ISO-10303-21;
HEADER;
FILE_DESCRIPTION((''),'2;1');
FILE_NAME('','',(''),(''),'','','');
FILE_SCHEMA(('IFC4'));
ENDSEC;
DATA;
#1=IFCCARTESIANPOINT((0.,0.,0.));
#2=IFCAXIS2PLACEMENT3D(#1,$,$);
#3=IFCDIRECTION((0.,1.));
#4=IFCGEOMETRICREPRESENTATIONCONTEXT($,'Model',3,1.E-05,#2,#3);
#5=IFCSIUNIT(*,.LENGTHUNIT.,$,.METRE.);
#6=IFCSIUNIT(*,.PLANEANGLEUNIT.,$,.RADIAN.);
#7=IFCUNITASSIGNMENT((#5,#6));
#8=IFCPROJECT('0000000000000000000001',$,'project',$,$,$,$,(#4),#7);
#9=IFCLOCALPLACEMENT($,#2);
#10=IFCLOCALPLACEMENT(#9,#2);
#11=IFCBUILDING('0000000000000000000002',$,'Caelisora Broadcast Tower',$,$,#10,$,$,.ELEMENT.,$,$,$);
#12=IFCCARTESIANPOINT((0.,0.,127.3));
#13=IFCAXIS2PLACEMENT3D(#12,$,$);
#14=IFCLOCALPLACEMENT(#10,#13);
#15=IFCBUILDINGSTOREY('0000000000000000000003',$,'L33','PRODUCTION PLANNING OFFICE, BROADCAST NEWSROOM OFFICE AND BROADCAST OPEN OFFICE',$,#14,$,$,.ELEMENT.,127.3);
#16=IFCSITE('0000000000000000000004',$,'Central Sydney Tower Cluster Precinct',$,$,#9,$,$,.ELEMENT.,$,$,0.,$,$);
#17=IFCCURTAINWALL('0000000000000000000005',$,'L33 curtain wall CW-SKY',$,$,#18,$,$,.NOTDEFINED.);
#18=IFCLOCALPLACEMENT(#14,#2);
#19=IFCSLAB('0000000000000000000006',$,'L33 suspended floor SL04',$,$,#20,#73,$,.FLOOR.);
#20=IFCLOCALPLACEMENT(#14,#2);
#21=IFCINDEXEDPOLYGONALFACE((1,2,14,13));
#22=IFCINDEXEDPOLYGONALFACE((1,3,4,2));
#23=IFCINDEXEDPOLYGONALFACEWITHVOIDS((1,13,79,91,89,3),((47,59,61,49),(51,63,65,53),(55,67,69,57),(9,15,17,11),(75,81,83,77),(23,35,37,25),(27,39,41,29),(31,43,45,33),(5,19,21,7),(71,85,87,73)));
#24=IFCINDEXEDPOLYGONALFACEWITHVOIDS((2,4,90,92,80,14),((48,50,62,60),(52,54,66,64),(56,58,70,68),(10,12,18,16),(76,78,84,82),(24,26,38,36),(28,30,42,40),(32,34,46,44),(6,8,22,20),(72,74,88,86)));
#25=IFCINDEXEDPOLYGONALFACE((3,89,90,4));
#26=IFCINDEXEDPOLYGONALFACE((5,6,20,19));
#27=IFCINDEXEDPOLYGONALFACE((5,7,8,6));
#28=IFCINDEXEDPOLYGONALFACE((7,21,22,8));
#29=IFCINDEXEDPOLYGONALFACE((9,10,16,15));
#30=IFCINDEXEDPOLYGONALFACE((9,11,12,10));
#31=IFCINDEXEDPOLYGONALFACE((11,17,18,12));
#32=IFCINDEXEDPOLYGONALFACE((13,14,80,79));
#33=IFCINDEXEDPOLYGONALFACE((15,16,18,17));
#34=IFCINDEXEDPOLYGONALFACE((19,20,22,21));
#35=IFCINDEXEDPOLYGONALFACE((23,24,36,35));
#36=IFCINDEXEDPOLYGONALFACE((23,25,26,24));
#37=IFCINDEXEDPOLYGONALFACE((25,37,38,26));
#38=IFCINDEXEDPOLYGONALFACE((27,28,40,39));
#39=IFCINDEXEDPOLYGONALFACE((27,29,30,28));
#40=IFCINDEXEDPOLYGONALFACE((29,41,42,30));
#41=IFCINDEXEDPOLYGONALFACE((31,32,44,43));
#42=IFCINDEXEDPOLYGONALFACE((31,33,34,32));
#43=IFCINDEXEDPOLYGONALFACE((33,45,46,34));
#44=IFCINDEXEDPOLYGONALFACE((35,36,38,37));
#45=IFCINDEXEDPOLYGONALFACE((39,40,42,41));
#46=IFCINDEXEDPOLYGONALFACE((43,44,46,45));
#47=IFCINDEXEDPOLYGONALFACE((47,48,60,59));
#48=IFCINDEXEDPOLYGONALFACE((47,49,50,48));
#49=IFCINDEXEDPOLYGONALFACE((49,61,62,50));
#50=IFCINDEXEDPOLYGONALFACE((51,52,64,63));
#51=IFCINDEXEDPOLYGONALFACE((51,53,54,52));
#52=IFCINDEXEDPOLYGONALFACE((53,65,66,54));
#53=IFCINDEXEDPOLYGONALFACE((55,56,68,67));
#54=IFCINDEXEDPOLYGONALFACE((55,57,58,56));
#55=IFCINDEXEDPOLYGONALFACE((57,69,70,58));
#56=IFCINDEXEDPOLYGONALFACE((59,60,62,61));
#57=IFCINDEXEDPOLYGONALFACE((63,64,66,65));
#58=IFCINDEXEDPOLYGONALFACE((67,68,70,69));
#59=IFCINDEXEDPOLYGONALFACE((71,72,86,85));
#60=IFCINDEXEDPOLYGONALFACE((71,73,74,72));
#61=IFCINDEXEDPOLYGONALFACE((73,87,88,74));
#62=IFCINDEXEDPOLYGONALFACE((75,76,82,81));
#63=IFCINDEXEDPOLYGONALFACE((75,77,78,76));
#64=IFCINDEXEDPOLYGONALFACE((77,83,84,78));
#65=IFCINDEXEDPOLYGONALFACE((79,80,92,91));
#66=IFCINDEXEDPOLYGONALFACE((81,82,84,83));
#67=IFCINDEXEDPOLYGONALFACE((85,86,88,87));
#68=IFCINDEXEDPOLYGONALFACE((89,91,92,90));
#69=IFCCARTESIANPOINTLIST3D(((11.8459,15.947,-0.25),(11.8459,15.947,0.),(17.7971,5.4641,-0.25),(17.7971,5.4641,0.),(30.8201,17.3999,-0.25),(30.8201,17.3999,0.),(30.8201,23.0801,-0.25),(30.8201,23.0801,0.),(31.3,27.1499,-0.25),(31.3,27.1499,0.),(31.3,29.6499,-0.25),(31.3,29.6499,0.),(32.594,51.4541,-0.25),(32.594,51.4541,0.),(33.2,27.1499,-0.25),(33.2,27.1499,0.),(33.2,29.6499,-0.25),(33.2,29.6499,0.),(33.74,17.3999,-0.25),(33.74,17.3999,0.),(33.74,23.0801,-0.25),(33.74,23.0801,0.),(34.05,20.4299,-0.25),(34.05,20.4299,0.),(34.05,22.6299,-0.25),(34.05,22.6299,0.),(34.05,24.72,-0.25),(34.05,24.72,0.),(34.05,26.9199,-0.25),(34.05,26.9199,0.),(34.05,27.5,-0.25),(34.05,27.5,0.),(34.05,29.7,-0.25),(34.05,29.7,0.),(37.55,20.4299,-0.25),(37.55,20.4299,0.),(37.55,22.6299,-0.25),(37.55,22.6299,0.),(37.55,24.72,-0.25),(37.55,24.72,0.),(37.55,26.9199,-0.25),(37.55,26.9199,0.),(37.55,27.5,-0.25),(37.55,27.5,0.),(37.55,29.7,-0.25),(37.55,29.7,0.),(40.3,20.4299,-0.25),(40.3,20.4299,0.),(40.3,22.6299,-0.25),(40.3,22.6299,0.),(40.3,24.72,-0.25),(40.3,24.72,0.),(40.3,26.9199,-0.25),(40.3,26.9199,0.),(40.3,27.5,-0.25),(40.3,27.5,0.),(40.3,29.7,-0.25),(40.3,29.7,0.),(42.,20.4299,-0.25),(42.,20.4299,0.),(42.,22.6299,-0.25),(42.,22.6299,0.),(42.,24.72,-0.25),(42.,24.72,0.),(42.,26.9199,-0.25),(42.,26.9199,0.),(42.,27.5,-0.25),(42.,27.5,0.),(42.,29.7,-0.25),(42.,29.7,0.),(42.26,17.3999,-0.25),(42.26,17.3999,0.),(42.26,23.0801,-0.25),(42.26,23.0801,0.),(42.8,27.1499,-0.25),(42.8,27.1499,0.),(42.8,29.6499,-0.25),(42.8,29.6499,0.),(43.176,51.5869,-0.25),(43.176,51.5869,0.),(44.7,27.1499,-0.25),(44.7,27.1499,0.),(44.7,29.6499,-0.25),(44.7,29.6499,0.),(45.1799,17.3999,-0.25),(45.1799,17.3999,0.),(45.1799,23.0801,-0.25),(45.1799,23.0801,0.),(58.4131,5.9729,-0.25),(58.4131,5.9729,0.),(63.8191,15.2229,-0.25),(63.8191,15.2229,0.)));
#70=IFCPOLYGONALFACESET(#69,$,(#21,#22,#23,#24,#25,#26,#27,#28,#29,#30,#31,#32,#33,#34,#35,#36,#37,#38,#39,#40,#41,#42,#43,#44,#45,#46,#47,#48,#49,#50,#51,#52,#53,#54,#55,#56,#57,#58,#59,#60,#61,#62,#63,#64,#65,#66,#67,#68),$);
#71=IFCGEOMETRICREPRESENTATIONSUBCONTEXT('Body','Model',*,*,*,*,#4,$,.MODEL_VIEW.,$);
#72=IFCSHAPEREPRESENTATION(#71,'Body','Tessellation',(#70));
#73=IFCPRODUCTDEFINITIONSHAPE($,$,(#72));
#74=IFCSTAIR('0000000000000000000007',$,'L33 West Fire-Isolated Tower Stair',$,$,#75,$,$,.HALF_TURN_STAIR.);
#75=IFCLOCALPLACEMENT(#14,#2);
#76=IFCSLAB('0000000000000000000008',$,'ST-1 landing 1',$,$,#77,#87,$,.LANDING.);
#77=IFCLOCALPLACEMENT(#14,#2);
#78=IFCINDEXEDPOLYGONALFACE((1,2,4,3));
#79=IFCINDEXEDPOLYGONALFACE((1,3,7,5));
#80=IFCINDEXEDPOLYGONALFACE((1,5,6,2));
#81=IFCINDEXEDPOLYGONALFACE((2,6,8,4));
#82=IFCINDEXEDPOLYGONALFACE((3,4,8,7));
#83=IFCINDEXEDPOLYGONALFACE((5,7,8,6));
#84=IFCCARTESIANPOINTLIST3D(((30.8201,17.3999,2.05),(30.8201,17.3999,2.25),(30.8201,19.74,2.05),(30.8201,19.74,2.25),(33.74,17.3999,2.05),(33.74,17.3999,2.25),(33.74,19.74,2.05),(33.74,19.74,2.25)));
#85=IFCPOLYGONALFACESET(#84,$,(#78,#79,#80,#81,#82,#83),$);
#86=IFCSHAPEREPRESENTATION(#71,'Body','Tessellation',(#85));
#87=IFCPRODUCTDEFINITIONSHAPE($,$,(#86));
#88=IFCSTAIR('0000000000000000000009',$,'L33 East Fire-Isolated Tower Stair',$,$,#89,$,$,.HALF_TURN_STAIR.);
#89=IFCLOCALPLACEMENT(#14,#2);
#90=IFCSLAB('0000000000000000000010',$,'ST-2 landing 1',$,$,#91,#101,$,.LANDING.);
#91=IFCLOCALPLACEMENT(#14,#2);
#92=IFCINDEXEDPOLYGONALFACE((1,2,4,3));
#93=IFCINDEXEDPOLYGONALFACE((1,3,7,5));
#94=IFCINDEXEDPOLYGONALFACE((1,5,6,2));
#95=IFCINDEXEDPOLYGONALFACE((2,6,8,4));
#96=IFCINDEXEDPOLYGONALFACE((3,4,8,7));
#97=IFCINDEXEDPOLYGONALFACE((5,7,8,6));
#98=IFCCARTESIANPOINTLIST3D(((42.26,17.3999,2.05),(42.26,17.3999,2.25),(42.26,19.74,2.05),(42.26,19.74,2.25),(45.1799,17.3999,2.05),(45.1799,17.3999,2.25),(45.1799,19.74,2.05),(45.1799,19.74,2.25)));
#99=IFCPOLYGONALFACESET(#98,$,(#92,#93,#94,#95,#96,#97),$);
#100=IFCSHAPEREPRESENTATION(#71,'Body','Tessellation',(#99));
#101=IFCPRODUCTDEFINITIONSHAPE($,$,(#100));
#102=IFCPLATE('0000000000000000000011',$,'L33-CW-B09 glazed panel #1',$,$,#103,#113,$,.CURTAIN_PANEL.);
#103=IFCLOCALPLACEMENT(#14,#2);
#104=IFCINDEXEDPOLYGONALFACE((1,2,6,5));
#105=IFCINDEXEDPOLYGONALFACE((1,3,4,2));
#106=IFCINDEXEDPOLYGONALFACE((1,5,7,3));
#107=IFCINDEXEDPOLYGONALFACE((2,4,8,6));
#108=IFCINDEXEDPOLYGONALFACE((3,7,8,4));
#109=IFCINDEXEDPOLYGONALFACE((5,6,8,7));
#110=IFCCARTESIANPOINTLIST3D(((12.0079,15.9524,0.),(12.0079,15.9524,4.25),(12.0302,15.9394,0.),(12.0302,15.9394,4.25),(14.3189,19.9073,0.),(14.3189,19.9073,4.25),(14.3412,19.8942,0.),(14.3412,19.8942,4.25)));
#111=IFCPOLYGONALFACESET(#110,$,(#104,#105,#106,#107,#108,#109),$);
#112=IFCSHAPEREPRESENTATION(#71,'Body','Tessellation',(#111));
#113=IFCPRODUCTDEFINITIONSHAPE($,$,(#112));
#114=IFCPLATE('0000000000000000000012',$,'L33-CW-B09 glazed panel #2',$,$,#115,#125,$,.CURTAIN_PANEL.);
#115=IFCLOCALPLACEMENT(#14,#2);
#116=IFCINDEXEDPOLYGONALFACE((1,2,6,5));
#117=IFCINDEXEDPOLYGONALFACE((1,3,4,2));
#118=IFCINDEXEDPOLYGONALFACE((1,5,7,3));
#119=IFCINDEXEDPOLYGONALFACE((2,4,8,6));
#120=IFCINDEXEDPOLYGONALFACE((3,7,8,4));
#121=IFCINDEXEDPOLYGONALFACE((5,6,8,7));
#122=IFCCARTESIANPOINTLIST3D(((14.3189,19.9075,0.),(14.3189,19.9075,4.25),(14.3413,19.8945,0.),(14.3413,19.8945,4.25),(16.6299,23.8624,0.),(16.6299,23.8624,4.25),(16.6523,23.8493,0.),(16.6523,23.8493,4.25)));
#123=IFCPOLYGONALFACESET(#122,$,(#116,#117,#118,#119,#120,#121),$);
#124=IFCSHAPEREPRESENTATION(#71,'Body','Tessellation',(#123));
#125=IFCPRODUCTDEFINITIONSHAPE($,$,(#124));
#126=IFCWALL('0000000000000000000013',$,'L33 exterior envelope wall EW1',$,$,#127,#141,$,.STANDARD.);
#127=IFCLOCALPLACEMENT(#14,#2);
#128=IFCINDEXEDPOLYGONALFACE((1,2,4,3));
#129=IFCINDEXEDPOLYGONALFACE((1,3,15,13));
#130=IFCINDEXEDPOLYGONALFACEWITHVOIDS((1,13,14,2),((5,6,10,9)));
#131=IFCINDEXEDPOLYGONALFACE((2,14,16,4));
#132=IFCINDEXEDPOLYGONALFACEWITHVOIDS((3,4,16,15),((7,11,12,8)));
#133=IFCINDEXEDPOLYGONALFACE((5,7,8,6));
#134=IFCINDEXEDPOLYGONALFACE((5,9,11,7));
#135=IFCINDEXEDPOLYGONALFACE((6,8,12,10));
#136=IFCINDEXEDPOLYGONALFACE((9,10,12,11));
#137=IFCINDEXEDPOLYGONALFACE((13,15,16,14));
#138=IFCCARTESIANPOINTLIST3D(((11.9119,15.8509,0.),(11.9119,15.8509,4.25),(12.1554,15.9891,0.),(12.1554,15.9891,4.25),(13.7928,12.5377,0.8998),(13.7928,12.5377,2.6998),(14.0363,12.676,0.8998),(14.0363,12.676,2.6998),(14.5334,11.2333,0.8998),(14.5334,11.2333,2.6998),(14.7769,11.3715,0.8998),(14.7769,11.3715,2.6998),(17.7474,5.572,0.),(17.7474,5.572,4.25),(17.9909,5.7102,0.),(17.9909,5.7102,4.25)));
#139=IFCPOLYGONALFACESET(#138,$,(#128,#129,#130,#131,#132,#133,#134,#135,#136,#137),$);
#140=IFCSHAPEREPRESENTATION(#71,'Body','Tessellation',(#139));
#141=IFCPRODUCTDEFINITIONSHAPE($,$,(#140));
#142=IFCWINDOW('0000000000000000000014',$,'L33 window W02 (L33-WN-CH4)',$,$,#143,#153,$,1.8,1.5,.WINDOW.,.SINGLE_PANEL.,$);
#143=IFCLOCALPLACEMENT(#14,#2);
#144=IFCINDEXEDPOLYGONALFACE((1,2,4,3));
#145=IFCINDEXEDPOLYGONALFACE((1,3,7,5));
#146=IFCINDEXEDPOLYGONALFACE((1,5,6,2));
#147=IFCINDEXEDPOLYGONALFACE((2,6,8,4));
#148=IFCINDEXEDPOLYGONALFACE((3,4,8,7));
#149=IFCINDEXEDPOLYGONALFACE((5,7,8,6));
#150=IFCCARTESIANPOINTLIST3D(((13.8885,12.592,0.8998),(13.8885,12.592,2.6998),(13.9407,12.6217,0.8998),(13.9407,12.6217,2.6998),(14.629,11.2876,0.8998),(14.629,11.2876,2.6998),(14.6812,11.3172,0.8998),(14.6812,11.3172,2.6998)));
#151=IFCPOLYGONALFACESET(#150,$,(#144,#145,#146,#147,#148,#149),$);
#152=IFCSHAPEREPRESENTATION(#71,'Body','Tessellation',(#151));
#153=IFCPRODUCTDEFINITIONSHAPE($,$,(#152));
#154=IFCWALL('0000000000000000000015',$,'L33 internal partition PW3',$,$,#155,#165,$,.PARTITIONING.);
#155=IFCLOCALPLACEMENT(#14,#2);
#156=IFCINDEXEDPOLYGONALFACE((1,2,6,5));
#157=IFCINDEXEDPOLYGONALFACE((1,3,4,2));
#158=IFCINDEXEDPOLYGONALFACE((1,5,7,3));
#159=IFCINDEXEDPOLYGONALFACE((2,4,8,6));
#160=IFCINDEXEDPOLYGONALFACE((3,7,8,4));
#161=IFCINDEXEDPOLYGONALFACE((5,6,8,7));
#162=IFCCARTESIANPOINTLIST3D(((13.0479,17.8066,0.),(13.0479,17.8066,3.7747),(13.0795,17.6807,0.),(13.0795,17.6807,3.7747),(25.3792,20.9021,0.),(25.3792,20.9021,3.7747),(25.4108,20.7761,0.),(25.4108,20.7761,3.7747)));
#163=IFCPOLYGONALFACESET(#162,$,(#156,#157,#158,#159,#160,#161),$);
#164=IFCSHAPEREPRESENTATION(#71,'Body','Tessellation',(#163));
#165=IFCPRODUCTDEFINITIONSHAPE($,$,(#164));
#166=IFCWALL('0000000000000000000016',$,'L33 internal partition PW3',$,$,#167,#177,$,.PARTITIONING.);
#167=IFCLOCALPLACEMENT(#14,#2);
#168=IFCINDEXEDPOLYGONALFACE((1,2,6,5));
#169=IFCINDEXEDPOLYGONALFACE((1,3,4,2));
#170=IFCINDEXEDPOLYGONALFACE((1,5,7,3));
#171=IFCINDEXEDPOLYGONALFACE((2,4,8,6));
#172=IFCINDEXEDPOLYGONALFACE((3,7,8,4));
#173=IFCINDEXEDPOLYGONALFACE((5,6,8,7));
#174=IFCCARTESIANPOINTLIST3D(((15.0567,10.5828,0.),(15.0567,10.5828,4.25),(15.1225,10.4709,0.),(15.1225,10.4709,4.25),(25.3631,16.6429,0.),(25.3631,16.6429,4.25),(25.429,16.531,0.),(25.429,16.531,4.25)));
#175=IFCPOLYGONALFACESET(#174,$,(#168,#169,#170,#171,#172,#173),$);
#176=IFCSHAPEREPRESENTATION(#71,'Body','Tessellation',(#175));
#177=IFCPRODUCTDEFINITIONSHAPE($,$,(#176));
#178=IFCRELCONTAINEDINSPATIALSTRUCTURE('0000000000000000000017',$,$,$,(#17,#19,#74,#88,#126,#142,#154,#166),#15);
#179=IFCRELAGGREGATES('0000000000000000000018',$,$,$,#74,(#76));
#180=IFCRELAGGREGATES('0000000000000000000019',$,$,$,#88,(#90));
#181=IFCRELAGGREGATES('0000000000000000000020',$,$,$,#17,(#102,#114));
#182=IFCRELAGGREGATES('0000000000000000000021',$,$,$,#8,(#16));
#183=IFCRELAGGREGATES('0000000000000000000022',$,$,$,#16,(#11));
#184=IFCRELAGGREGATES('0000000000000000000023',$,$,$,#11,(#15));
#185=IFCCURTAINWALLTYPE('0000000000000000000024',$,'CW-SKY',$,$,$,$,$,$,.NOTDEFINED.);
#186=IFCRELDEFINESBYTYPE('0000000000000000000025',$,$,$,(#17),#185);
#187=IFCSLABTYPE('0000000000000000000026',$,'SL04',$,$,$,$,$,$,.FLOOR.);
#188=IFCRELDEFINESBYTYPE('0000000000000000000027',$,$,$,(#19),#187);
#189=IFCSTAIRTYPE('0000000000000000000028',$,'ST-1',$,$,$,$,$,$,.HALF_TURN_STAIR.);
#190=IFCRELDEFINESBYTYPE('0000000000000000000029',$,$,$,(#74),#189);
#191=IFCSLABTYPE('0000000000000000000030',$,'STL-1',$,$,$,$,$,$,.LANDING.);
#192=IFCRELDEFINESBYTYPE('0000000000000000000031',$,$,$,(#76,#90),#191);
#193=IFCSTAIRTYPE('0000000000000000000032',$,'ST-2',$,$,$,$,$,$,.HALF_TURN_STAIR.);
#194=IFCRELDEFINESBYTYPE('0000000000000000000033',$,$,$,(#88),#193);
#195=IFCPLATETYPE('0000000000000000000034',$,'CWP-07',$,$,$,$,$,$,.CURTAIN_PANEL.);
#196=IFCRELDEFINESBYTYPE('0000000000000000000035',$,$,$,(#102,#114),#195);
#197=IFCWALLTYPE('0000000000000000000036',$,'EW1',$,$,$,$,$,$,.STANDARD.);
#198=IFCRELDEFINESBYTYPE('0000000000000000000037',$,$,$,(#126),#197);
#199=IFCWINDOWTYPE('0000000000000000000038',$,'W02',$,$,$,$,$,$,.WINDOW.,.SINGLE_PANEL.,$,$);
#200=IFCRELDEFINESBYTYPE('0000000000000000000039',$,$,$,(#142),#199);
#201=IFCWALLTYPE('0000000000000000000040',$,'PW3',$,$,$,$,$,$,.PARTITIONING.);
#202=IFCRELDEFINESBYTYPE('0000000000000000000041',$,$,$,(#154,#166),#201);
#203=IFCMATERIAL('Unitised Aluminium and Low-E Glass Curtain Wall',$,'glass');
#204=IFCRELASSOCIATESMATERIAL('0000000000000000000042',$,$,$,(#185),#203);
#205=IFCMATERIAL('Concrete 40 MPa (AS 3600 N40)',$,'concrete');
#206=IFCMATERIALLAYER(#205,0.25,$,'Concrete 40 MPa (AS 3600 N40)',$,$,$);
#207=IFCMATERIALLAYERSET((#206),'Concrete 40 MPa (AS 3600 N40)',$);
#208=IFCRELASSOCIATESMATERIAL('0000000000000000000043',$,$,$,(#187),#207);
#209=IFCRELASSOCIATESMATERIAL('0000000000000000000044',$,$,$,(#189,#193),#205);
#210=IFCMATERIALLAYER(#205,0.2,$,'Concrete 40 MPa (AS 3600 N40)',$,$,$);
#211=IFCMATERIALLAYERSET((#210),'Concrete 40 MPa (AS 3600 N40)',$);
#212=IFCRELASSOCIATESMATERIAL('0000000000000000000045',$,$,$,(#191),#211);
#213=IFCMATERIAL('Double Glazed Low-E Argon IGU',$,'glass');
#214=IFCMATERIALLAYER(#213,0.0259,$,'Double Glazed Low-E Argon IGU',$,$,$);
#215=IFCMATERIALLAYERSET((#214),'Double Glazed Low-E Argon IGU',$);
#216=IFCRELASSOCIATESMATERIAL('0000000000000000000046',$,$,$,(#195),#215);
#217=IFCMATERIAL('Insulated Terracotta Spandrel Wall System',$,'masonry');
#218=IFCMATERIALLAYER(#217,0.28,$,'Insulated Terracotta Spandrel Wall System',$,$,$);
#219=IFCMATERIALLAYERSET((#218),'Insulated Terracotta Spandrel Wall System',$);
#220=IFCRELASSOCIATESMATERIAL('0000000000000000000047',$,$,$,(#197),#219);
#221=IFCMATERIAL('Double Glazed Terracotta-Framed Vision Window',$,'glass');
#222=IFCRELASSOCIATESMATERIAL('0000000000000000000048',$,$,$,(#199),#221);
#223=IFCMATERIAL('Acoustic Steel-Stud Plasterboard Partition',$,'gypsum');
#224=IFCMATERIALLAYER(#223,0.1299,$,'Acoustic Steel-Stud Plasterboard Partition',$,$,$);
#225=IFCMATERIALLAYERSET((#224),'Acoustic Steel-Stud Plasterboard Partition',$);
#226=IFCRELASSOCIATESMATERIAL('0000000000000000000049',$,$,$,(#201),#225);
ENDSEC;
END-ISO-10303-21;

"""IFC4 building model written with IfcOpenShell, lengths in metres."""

from ifc_helpers import new_model, si_unit, direction, frame, frame_2d, origin, origin_2d, place, context, subcontext, project, spatial, polyline, rectangle, outline, extrude, source, transform, mapped, material, layer, layer_set, type_object, type_shapes, element, fill, aggregate, save


model = new_model("IFC4")

# Units and contexts
model_context = context("Model", 3, precision=1e-05, world=origin(), true_north=direction((0.0, 1.0)))
body_context = subcontext(model_context, "Body", "Model", "MODEL_VIEW")
ifc_project = project(units=[si_unit("LENGTHUNIT", "METRE"), si_unit("PLANEANGLEUNIT", "RADIAN")], contexts=[model_context])

# Site, building, storey
site_placement = place(None, origin())
site = spatial("IfcSite", under=ifc_project, at=site_placement, Name="Central Sydney Tower Cluster Precinct", CompositionType="ELEMENT", RefElevation=0.0)
building_placement = place(site_placement, origin())
building = spatial("IfcBuilding", under=site, at=building_placement, Name="Caelisora Broadcast Tower", CompositionType="ELEMENT")
storey_placement = place(building_placement, frame((0.0, 0.0, 127.3)))
storey = spatial("IfcBuildingStorey", under=building, at=storey_placement, Name="L33", Description="PRODUCTION PLANNING OFFICE, BROADCAST NEWSROOM OFFICE AND BROADCAST OPEN OFFICE", CompositionType="ELEMENT", Elevation=127.3)

# Curtain wall
ifc_material_1 = material(Name="Unitised Aluminium and Low-E Glass Curtain Wall", Category="glass")
curtain_wall_type = type_object("IfcCurtainWallType", Name="CW-SKY", PredefinedType="NOTDEFINED", material=ifc_material_1)
curtain_wall_placement = place(storey_placement, origin())
curtain_wall = element("IfcCurtainWall", 1, at=curtain_wall_placement, inside=storey, type_object=curtain_wall_type, Name="L33 curtain wall CW-SKY", PredefinedType="NOTDEFINED")

# Slab
ifc_material_2 = material(Name="Concrete 40 MPa (AS 3600 N40)", Category="concrete")
ifc_layer_1 = layer(ifc_material_2, 0.25, Name="Concrete 40 MPa (AS 3600 N40)")
ifc_layer_set_1 = layer_set([ifc_layer_1], Name="Concrete 40 MPa (AS 3600 N40)")
slab_type_1 = type_object("IfcSlabType", Name="SL04", PredefinedType="FLOOR", material=ifc_layer_set_1)
slab_1_placement = place(storey_placement, frame((0.0, 0.0, -0.25)))
element("IfcSlab", 2, at=slab_1_placement, inside=storey, type_object=slab_type_1, Name="L33 suspended floor SL04", PredefinedType="FLOOR", context=body_context, shape_type="SweptSolid", body=[
    extrude(outline(polyline([(43.176, 51.5869), (32.594, 51.4541), (11.8459, 15.947), (17.7971, 5.4641), (58.4131, 5.9729), (63.8191, 15.2229), (43.176, 51.5869)]), holes=[polyline([(30.8201, 17.3999), (33.74, 17.3999), (33.74, 23.0801), (30.8201, 23.0801), (30.8201, 17.3999)]), polyline([(42.26, 17.3999), (45.1799, 17.3999), (45.1799, 23.0801), (42.26, 23.0801), (42.26, 17.3999)]), polyline([(42.8, 27.1499), (44.7, 27.1499), (44.7, 29.6499), (42.8, 29.6499), (42.8, 27.1499)]), polyline([(40.3, 20.4299), (42.0, 20.4299), (42.0, 22.6299), (40.3, 22.6299), (40.3, 20.4299)]), polyline([(40.3, 24.72), (42.0, 24.72), (42.0, 26.9199), (40.3, 26.9199), (40.3, 24.72)]), polyline([(40.3, 27.5), (42.0, 27.5), (42.0, 29.7), (40.3, 29.7), (40.3, 27.5)]), polyline([(34.05, 20.4299), (37.55, 20.4299), (37.55, 22.6299), (34.05, 22.6299), (34.05, 20.4299)]), polyline([(34.05, 24.72), (37.55, 24.72), (37.55, 26.9199), (34.05, 26.9199), (34.05, 24.72)]), polyline([(34.05, 27.5), (37.55, 27.5), (37.55, 29.7), (34.05, 29.7), (34.05, 27.5)]), polyline([(31.3, 27.1499), (33.2, 27.1499), (33.2, 29.6499), (31.3, 29.6499), (31.3, 27.1499)])]), origin(), (0.0, 0.0, 1.0), 0.25),
])

# Stairs, slabs
stair_type_1 = type_object("IfcStairType", Name="ST-1", PredefinedType="HALF_TURN_STAIR", material=ifc_material_2)
stair_1_placement = place(storey_placement, origin())
stair_1 = element("IfcStair", 3, at=stair_1_placement, inside=storey, type_object=stair_type_1, Name="L33 West Fire-Isolated Tower Stair", PredefinedType="HALF_TURN_STAIR")
ifc_layer_2 = layer(ifc_material_2, 0.2, Name="Concrete 40 MPa (AS 3600 N40)")
ifc_layer_set_2 = layer_set([ifc_layer_2], Name="Concrete 40 MPa (AS 3600 N40)")
slab_type_2 = type_object("IfcSlabType", Name="STL-1", PredefinedType="LANDING", material=ifc_layer_set_2)
slab_2_placement = place(storey_placement, frame((0.0, 0.0, 2.05)))
slab_2 = element("IfcSlab", 4, at=slab_2_placement, type_object=slab_type_2, Name="ST-1 landing 1", PredefinedType="LANDING", context=body_context, shape_type="SweptSolid", body=[
    extrude(outline(polyline([(30.8201, 19.74), (30.8201, 17.3999), (33.74, 17.3999), (33.74, 19.74), (30.8201, 19.74)])), origin(), (0.0, 0.0, 1.0), 0.2),
])
aggregate(stair_1, [slab_2])
stair_type_2 = type_object("IfcStairType", Name="ST-2", PredefinedType="HALF_TURN_STAIR", material=ifc_material_2)
stair_2_placement = place(storey_placement, origin())
stair_2 = element("IfcStair", 5, at=stair_2_placement, inside=storey, type_object=stair_type_2, Name="L33 East Fire-Isolated Tower Stair", PredefinedType="HALF_TURN_STAIR")
slab_3_placement = place(storey_placement, frame((0.0, 0.0, 2.05)))
slab_3 = element("IfcSlab", 6, at=slab_3_placement, type_object=slab_type_2, Name="ST-2 landing 1", PredefinedType="LANDING", context=body_context, shape_type="SweptSolid", body=[
    extrude(outline(polyline([(42.26, 19.74), (42.26, 17.3999), (45.1799, 17.3999), (45.1799, 19.74), (42.26, 19.74)])), origin(), (0.0, 0.0, 1.0), 0.2),
])
aggregate(stair_2, [slab_3])

# Plates
ifc_material_3 = material(Name="Double Glazed Low-E Argon IGU", Category="glass")
ifc_layer_3 = layer(ifc_material_3, 0.0259, Name="Double Glazed Low-E Argon IGU")
ifc_layer_set_3 = layer_set([ifc_layer_3], Name="Double Glazed Low-E Argon IGU")
plate_type = type_object("IfcPlateType", Name="CWP-07", PredefinedType="CURTAIN_PANEL", material=ifc_layer_set_3)
shared_shape_1 = source(origin(), body_context, "Body", "SweptSolid", [
    extrude(rectangle(XDim=4.5806, YDim=0.0259, at=origin_2d()), origin(), (0.0, 0.0, 1.0), 4.25),
])
type_shapes(plate_type, [shared_shape_1])
plate_1_placement = place(storey_placement, frame((13.1746, 17.9233, 0.0), z_axis=(0.0, 0.0, 1.0), x_axis=(0.504528, 0.863396, 0.0)))
plate_1 = element("IfcPlate", 7, at=plate_1_placement, type_object=plate_type, Name="L33-CW-B09 glazed panel #1", PredefinedType="CURTAIN_PANEL", context=body_context, shape_type="MappedRepresentation", body=[
    mapped(shared_shape_1, transform((0.0, 0.0, 0.0), scale=1.0)),
])
plate_2_placement = place(storey_placement, frame((15.4856, 21.8784, 0.0), z_axis=(0.0, 0.0, 1.0), x_axis=(0.504528, 0.863396, 0.0)))
plate_2 = element("IfcPlate", 8, at=plate_2_placement, type_object=plate_type, Name="L33-CW-B09 glazed panel #2", PredefinedType="CURTAIN_PANEL", context=body_context, shape_type="MappedRepresentation", body=[
    mapped(shared_shape_1, transform((0.0, 0.0, 0.0), scale=1.0)),
])
aggregate(curtain_wall, [plate_1, plate_2])

# Wall, opening, window
ifc_material_4 = material(Name="Insulated Terracotta Spandrel Wall System", Category="masonry")
ifc_layer_4 = layer(ifc_material_4, 0.28, Name="Insulated Terracotta Spandrel Wall System")
ifc_layer_set_4 = layer_set([ifc_layer_4], Name="Insulated Terracotta Spandrel Wall System")
wall_type_1 = type_object("IfcWallType", Name="EW1", PredefinedType="STANDARD", material=ifc_layer_set_4)
wall_1_placement = place(storey_placement, frame((17.8691, 5.6411, 0.0), z_axis=(0.0, 0.0, 1.0), x_axis=(-0.493703, 0.86963, 0.0)))
wall_1 = element("IfcWall", 9, at=wall_1_placement, inside=storey, type_object=wall_type_1, Name="L33 exterior envelope wall EW1", PredefinedType="STANDARD", context=body_context, shape_type="SweptSolid", body=[
    extrude(rectangle(XDim=11.8198, YDim=0.28, at=frame_2d((5.9099, 0.0))), origin(), (0.0, 0.0, 1.0), 4.25),
])
opening_placement = place(wall_1_placement, frame((6.51, 0.0, 0.8999)))
opening = element("IfcOpeningElement", 10, at=opening_placement, cuts=wall_1, PredefinedType="OPENING", context=body_context, shape_type="SweptSolid", body=[
    extrude(rectangle(XDim=1.5, YDim=1.8, at=frame_2d((0.75, 0.8999))), frame((0.0, 0.1521, 0.0), z_axis=(0.0, -1.0, 0.0), x_axis=(1.0, 0.0, 0.0)), (0.0, 0.0, 1.0), 0.304),
])
ifc_material_5 = material(Name="Double Glazed Terracotta-Framed Vision Window", Category="glass")
window_type = type_object("IfcWindowType", Name="W02", PartitioningType="SINGLE_PANEL", PredefinedType="WINDOW", material=ifc_material_5)
window_placement = place(opening_placement, origin())
window = element("IfcWindow", 11, at=window_placement, inside=storey, type_object=window_type, Name="L33 window W02 (L33-WN-CH4)", OverallHeight=1.8, OverallWidth=1.5, PartitioningType="SINGLE_PANEL", PredefinedType="WINDOW", context=body_context, shape_type="SweptSolid", body=[
    extrude(rectangle(XDim=1.5, YDim=1.8, at=frame_2d((0.75, 0.8999))), frame((0.0, 0.03, 0.0), z_axis=(0.0, -1.0, 0.0), x_axis=(1.0, 0.0, 0.0)), (0.0, 0.0, 1.0), 0.0601),
])
fill(opening, window)

# Walls
ifc_material_6 = material(Name="Acoustic Steel-Stud Plasterboard Partition", Category="gypsum")
ifc_layer_5 = layer(ifc_material_6, 0.1299, Name="Acoustic Steel-Stud Plasterboard Partition")
ifc_layer_set_5 = layer_set([ifc_layer_5], Name="Acoustic Steel-Stud Plasterboard Partition")
wall_type_2 = type_object("IfcWallType", Name="PW3", PredefinedType="PARTITIONING", material=ifc_layer_set_5)
wall_2_placement = place(storey_placement, frame((13.0637, 17.7437, 0.0), z_axis=(0.0, 0.0, 1.0), x_axis=(0.969908, 0.243471, 0.0)))
element("IfcWall", 12, at=wall_2_placement, inside=storey, type_object=wall_type_2, Name="L33 internal partition PW3", PredefinedType="PARTITIONING", context=body_context, shape_type="SweptSolid", body=[
    extrude(rectangle(XDim=12.7139, YDim=0.1299, at=frame_2d((6.3569, 0.0))), origin(), (0.0, 0.0, 1.0), 3.7747),
])
wall_3_placement = place(storey_placement, frame((15.0896, 10.5269, 0.0), z_axis=(0.0, 0.0, 1.0), x_axis=(0.862027, 0.506863, 0.0)))
element("IfcWall", 13, at=wall_3_placement, inside=storey, type_object=wall_type_2, Name="L33 internal partition PW3", PredefinedType="PARTITIONING", context=body_context, shape_type="SweptSolid", body=[
    extrude(rectangle(XDim=11.9561, YDim=0.1299, at=frame_2d((5.978, 0.0))), origin(), (0.0, 0.0, 1.0), 4.25),
])

save(model, "model.ifc")
